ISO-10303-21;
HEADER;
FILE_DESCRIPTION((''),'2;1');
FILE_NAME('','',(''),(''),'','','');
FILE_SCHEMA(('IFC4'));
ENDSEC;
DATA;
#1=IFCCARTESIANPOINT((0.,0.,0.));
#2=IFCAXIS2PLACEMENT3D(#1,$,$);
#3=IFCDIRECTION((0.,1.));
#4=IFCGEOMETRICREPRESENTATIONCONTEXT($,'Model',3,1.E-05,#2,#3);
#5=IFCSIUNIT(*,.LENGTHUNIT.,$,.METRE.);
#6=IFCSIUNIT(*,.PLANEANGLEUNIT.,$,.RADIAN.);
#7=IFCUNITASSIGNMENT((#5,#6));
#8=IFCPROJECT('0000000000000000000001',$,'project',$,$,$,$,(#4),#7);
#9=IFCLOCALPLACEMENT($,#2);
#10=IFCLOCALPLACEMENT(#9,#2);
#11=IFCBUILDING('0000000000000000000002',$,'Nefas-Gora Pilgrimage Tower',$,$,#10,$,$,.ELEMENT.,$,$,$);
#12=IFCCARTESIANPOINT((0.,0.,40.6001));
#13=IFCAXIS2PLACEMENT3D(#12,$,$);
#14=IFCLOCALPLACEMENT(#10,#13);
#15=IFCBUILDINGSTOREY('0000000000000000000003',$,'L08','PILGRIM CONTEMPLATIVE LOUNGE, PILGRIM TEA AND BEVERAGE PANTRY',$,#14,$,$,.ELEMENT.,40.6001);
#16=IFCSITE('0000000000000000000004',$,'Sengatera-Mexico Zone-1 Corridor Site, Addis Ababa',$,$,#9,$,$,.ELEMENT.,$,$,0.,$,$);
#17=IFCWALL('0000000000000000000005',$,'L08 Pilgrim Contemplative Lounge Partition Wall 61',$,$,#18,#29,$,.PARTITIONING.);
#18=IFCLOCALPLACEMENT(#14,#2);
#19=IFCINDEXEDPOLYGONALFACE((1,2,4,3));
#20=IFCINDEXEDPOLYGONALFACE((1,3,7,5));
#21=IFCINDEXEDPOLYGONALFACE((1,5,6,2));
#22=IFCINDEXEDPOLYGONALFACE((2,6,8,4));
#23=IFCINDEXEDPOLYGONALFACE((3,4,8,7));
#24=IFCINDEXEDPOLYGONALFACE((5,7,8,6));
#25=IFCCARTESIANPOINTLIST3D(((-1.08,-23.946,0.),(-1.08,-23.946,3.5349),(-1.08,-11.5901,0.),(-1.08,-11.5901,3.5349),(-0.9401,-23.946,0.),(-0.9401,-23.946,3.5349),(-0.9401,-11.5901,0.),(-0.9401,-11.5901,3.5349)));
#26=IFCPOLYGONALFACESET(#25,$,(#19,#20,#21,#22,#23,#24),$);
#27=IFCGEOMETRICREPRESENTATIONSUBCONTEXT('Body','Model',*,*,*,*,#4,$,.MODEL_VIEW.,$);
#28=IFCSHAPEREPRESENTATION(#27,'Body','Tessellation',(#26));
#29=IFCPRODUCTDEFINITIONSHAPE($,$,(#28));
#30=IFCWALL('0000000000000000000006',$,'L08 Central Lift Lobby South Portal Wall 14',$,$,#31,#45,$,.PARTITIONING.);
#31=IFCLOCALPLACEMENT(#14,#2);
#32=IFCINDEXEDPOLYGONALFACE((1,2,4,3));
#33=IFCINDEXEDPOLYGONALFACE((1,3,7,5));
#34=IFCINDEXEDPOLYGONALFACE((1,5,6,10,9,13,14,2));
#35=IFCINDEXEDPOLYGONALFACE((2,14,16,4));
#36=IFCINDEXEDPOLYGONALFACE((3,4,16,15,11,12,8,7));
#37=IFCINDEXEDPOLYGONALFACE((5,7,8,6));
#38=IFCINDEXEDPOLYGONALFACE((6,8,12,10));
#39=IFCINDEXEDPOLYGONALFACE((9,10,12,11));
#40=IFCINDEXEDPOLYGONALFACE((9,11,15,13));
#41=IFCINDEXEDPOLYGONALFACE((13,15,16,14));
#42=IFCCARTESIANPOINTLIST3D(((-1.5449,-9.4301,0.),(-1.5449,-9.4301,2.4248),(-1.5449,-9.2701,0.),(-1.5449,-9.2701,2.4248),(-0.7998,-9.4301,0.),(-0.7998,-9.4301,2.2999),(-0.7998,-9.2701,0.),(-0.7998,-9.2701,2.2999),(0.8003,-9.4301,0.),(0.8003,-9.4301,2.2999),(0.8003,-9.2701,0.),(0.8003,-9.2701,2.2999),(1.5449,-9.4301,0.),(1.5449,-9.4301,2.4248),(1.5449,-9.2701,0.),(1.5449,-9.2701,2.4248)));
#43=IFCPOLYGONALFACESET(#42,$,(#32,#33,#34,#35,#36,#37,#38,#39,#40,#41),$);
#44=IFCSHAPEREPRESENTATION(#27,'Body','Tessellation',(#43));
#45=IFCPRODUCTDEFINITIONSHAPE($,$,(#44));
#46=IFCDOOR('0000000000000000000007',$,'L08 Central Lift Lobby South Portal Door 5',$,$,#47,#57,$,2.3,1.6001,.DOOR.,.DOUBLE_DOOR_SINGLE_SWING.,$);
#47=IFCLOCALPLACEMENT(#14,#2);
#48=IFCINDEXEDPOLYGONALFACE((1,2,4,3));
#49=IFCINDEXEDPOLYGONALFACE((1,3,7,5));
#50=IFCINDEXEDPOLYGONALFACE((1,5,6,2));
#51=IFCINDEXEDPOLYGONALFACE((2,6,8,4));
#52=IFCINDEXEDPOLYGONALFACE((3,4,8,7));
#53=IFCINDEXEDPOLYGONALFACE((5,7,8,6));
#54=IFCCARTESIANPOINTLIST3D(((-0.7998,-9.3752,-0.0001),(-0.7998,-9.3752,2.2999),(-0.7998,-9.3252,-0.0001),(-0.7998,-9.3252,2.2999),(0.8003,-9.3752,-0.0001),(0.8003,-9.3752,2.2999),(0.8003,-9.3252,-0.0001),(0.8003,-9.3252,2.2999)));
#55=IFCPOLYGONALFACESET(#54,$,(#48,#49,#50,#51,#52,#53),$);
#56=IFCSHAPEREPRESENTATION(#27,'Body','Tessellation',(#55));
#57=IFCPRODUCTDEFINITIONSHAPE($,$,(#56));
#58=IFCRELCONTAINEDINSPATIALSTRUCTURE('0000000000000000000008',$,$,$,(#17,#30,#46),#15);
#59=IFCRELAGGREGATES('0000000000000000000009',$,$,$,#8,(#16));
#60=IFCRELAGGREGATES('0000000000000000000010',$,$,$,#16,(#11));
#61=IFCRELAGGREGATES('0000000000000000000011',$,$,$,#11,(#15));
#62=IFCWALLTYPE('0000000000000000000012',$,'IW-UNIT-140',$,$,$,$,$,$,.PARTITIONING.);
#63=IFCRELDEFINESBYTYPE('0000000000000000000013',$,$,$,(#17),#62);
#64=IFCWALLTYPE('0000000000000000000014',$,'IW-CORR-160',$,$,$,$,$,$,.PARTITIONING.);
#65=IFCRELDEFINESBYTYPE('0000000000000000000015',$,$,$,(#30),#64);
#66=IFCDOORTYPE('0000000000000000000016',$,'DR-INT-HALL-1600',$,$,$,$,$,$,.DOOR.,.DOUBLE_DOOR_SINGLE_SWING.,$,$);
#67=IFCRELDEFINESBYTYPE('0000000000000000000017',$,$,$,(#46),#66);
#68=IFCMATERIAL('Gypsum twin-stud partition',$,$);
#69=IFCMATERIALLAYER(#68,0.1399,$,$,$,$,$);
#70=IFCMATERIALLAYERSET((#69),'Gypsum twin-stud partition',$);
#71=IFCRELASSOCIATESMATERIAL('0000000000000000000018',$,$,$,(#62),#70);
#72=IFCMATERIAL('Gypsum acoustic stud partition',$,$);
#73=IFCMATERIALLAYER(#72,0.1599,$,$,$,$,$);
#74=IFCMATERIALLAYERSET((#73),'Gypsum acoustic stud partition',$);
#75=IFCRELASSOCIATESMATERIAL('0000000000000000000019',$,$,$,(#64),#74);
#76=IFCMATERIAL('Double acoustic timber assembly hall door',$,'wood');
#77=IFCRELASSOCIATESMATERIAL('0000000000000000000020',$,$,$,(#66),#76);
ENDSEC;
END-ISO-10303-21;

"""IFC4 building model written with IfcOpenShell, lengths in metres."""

from ifc_helpers import new_model, si_unit, direction, frame, frame_2d, origin, place, context, subcontext, project, spatial, rectangle, extrude, source, transform, mapped, material, layer, layer_set, type_object, element, fill, save


model = new_model("IFC4")

# Units and contexts
model_context = context("Model", 3, precision=1e-05, world=origin(), true_north=direction((0.0, 1.0)))
body_context = subcontext(model_context, "Body", "Model", "MODEL_VIEW")
ifc_project = project(units=[si_unit("LENGTHUNIT", "METRE"), si_unit("PLANEANGLEUNIT", "RADIAN")], contexts=[model_context])

# Site, building, storey
site_placement = place(None, origin())
site = spatial("IfcSite", under=ifc_project, at=site_placement, Name="Sengatera-Mexico Zone-1 Corridor Site, Addis Ababa", CompositionType="ELEMENT", RefElevation=0.0)
building_placement = place(site_placement, origin())
building = spatial("IfcBuilding", under=site, at=building_placement, Name="Nefas-Gora Pilgrimage Tower", CompositionType="ELEMENT")
storey_placement = place(building_placement, frame((0.0, 0.0, 40.6001)))
storey = spatial("IfcBuildingStorey", under=building, at=storey_placement, Name="L08", Description="PILGRIM CONTEMPLATIVE LOUNGE, PILGRIM TEA AND BEVERAGE PANTRY", CompositionType="ELEMENT", Elevation=40.6001)

# Shared definitions
ifc_material_1 = material(Name="Gypsum twin-stud partition")
ifc_layer_1 = layer(ifc_material_1, 0.1399)
ifc_layer_set_1 = layer_set([ifc_layer_1], Name="Gypsum twin-stud partition")
wall_type_1 = type_object("IfcWallType", Name="IW-UNIT-140", PredefinedType="PARTITIONING", material=ifc_layer_set_1)

# Shared definitions
ifc_material_2 = material(Name="Gypsum acoustic stud partition")
ifc_layer_2 = layer(ifc_material_2, 0.1599)
ifc_layer_set_2 = layer_set([ifc_layer_2], Name="Gypsum acoustic stud partition")
wall_type_2 = type_object("IfcWallType", Name="IW-CORR-160", PredefinedType="PARTITIONING", material=ifc_layer_set_2)

# Wall
shared_shape_1 = source(origin(), body_context, "Body", "SweptSolid", [
    extrude(rectangle(XDim=12.356, YDim=0.1399, at=frame_2d((6.178, 0.0))), origin(), (0.0, 0.0, 1.0), 3.5349),
])
wall_1_placement = place(storey_placement, frame((-1.01, -23.946, 0.0), z_axis=(0.0, 0.0, 1.0), x_axis=(0.0, 1.0, 0.0)))
element("IfcWall", 1, at=wall_1_placement, inside=storey, type_object=wall_type_1, Name="L08 Pilgrim Contemplative Lounge Partition Wall 61", PredefinedType="PARTITIONING", context=body_context, shape_type="MappedRepresentation", body=[
    mapped(shared_shape_1, transform((0.0, 0.0, 0.0), x_axis=(1.0, 0.0, 0.0), y_axis=(0.0, 1.0, 0.0), z_axis=(0.0, 0.0, 1.0), scale=1.0)),
])

# Wall, opening, door
shared_shape_2 = source(origin(), body_context, "Body", "SweptSolid", [
    extrude(rectangle(XDim=3.0898, YDim=0.1599, at=frame_2d((1.5449, 0.0))), origin(), (0.0, 0.0, 1.0), 2.4248),
])
wall_2_placement = place(storey_placement, frame((-1.5449, -9.3501, 0.0), z_axis=(0.0, 0.0, 1.0), x_axis=(1.0, 0.0, 0.0)))
wall_2 = element("IfcWall", 2, at=wall_2_placement, inside=storey, type_object=wall_type_2, Name="L08 Central Lift Lobby South Portal Wall 14", PredefinedType="PARTITIONING", context=body_context, shape_type="MappedRepresentation", body=[
    mapped(shared_shape_2, transform((0.0, 0.0, 0.0), x_axis=(1.0, 0.0, 0.0), y_axis=(0.0, 1.0, 0.0), z_axis=(0.0, 0.0, 1.0), scale=1.0)),
])
opening_1_placement = place(wall_2_placement, frame((0.7451, 0.0, 0.0)))
opening_1 = element("IfcOpeningElement", 3, at=opening_1_placement, cuts=wall_2, PredefinedType="OPENING", context=body_context, shape_type="SweptSolid", body=[
    extrude(rectangle(XDim=1.6001, YDim=2.3, at=frame_2d((0.8, 1.1499))), frame((0.0, 0.0898, 0.0), z_axis=(0.0, -1.0, 0.0), x_axis=(1.0, 0.0, 0.0)), (0.0, 0.0, 1.0), 0.1799),
])
ifc_material_3 = material(Name="Double acoustic timber assembly hall door", Category="wood")
door_type_1 = type_object("IfcDoorType", Name="DR-INT-HALL-1600", OperationType="DOUBLE_DOOR_SINGLE_SWING", PredefinedType="DOOR", material=ifc_material_3)
shared_shape_3 = source(origin(), body_context, "Body", "SweptSolid", [
    extrude(rectangle(XDim=1.6001, YDim=2.3, at=frame_2d((0.8, 1.1499))), frame((0.0, 0.0249, 0.0), z_axis=(0.0, -1.0, 0.0), x_axis=(1.0, 0.0, 0.0)), (0.0, 0.0, 1.0), 0.05),
])
door_1_placement = place(opening_1_placement, origin())
door_1 = element("IfcDoor", 4, at=door_1_placement, inside=storey, type_object=door_type_1, Name="L08 Central Lift Lobby South Portal Door 5", OperationType="DOUBLE_DOOR_SINGLE_SWING", OverallHeight=2.3, OverallWidth=1.6001, PredefinedType="DOOR", context=body_context, shape_type="MappedRepresentation", body=[
    mapped(shared_shape_3, transform((0.0, 0.0, 0.0), x_axis=(1.0, 0.0, 0.0), y_axis=(0.0, 1.0, 0.0), z_axis=(0.0, 0.0, 1.0), scale=1.0)),
])
fill(opening_1, door_1)

save(model, "model.ifc")
